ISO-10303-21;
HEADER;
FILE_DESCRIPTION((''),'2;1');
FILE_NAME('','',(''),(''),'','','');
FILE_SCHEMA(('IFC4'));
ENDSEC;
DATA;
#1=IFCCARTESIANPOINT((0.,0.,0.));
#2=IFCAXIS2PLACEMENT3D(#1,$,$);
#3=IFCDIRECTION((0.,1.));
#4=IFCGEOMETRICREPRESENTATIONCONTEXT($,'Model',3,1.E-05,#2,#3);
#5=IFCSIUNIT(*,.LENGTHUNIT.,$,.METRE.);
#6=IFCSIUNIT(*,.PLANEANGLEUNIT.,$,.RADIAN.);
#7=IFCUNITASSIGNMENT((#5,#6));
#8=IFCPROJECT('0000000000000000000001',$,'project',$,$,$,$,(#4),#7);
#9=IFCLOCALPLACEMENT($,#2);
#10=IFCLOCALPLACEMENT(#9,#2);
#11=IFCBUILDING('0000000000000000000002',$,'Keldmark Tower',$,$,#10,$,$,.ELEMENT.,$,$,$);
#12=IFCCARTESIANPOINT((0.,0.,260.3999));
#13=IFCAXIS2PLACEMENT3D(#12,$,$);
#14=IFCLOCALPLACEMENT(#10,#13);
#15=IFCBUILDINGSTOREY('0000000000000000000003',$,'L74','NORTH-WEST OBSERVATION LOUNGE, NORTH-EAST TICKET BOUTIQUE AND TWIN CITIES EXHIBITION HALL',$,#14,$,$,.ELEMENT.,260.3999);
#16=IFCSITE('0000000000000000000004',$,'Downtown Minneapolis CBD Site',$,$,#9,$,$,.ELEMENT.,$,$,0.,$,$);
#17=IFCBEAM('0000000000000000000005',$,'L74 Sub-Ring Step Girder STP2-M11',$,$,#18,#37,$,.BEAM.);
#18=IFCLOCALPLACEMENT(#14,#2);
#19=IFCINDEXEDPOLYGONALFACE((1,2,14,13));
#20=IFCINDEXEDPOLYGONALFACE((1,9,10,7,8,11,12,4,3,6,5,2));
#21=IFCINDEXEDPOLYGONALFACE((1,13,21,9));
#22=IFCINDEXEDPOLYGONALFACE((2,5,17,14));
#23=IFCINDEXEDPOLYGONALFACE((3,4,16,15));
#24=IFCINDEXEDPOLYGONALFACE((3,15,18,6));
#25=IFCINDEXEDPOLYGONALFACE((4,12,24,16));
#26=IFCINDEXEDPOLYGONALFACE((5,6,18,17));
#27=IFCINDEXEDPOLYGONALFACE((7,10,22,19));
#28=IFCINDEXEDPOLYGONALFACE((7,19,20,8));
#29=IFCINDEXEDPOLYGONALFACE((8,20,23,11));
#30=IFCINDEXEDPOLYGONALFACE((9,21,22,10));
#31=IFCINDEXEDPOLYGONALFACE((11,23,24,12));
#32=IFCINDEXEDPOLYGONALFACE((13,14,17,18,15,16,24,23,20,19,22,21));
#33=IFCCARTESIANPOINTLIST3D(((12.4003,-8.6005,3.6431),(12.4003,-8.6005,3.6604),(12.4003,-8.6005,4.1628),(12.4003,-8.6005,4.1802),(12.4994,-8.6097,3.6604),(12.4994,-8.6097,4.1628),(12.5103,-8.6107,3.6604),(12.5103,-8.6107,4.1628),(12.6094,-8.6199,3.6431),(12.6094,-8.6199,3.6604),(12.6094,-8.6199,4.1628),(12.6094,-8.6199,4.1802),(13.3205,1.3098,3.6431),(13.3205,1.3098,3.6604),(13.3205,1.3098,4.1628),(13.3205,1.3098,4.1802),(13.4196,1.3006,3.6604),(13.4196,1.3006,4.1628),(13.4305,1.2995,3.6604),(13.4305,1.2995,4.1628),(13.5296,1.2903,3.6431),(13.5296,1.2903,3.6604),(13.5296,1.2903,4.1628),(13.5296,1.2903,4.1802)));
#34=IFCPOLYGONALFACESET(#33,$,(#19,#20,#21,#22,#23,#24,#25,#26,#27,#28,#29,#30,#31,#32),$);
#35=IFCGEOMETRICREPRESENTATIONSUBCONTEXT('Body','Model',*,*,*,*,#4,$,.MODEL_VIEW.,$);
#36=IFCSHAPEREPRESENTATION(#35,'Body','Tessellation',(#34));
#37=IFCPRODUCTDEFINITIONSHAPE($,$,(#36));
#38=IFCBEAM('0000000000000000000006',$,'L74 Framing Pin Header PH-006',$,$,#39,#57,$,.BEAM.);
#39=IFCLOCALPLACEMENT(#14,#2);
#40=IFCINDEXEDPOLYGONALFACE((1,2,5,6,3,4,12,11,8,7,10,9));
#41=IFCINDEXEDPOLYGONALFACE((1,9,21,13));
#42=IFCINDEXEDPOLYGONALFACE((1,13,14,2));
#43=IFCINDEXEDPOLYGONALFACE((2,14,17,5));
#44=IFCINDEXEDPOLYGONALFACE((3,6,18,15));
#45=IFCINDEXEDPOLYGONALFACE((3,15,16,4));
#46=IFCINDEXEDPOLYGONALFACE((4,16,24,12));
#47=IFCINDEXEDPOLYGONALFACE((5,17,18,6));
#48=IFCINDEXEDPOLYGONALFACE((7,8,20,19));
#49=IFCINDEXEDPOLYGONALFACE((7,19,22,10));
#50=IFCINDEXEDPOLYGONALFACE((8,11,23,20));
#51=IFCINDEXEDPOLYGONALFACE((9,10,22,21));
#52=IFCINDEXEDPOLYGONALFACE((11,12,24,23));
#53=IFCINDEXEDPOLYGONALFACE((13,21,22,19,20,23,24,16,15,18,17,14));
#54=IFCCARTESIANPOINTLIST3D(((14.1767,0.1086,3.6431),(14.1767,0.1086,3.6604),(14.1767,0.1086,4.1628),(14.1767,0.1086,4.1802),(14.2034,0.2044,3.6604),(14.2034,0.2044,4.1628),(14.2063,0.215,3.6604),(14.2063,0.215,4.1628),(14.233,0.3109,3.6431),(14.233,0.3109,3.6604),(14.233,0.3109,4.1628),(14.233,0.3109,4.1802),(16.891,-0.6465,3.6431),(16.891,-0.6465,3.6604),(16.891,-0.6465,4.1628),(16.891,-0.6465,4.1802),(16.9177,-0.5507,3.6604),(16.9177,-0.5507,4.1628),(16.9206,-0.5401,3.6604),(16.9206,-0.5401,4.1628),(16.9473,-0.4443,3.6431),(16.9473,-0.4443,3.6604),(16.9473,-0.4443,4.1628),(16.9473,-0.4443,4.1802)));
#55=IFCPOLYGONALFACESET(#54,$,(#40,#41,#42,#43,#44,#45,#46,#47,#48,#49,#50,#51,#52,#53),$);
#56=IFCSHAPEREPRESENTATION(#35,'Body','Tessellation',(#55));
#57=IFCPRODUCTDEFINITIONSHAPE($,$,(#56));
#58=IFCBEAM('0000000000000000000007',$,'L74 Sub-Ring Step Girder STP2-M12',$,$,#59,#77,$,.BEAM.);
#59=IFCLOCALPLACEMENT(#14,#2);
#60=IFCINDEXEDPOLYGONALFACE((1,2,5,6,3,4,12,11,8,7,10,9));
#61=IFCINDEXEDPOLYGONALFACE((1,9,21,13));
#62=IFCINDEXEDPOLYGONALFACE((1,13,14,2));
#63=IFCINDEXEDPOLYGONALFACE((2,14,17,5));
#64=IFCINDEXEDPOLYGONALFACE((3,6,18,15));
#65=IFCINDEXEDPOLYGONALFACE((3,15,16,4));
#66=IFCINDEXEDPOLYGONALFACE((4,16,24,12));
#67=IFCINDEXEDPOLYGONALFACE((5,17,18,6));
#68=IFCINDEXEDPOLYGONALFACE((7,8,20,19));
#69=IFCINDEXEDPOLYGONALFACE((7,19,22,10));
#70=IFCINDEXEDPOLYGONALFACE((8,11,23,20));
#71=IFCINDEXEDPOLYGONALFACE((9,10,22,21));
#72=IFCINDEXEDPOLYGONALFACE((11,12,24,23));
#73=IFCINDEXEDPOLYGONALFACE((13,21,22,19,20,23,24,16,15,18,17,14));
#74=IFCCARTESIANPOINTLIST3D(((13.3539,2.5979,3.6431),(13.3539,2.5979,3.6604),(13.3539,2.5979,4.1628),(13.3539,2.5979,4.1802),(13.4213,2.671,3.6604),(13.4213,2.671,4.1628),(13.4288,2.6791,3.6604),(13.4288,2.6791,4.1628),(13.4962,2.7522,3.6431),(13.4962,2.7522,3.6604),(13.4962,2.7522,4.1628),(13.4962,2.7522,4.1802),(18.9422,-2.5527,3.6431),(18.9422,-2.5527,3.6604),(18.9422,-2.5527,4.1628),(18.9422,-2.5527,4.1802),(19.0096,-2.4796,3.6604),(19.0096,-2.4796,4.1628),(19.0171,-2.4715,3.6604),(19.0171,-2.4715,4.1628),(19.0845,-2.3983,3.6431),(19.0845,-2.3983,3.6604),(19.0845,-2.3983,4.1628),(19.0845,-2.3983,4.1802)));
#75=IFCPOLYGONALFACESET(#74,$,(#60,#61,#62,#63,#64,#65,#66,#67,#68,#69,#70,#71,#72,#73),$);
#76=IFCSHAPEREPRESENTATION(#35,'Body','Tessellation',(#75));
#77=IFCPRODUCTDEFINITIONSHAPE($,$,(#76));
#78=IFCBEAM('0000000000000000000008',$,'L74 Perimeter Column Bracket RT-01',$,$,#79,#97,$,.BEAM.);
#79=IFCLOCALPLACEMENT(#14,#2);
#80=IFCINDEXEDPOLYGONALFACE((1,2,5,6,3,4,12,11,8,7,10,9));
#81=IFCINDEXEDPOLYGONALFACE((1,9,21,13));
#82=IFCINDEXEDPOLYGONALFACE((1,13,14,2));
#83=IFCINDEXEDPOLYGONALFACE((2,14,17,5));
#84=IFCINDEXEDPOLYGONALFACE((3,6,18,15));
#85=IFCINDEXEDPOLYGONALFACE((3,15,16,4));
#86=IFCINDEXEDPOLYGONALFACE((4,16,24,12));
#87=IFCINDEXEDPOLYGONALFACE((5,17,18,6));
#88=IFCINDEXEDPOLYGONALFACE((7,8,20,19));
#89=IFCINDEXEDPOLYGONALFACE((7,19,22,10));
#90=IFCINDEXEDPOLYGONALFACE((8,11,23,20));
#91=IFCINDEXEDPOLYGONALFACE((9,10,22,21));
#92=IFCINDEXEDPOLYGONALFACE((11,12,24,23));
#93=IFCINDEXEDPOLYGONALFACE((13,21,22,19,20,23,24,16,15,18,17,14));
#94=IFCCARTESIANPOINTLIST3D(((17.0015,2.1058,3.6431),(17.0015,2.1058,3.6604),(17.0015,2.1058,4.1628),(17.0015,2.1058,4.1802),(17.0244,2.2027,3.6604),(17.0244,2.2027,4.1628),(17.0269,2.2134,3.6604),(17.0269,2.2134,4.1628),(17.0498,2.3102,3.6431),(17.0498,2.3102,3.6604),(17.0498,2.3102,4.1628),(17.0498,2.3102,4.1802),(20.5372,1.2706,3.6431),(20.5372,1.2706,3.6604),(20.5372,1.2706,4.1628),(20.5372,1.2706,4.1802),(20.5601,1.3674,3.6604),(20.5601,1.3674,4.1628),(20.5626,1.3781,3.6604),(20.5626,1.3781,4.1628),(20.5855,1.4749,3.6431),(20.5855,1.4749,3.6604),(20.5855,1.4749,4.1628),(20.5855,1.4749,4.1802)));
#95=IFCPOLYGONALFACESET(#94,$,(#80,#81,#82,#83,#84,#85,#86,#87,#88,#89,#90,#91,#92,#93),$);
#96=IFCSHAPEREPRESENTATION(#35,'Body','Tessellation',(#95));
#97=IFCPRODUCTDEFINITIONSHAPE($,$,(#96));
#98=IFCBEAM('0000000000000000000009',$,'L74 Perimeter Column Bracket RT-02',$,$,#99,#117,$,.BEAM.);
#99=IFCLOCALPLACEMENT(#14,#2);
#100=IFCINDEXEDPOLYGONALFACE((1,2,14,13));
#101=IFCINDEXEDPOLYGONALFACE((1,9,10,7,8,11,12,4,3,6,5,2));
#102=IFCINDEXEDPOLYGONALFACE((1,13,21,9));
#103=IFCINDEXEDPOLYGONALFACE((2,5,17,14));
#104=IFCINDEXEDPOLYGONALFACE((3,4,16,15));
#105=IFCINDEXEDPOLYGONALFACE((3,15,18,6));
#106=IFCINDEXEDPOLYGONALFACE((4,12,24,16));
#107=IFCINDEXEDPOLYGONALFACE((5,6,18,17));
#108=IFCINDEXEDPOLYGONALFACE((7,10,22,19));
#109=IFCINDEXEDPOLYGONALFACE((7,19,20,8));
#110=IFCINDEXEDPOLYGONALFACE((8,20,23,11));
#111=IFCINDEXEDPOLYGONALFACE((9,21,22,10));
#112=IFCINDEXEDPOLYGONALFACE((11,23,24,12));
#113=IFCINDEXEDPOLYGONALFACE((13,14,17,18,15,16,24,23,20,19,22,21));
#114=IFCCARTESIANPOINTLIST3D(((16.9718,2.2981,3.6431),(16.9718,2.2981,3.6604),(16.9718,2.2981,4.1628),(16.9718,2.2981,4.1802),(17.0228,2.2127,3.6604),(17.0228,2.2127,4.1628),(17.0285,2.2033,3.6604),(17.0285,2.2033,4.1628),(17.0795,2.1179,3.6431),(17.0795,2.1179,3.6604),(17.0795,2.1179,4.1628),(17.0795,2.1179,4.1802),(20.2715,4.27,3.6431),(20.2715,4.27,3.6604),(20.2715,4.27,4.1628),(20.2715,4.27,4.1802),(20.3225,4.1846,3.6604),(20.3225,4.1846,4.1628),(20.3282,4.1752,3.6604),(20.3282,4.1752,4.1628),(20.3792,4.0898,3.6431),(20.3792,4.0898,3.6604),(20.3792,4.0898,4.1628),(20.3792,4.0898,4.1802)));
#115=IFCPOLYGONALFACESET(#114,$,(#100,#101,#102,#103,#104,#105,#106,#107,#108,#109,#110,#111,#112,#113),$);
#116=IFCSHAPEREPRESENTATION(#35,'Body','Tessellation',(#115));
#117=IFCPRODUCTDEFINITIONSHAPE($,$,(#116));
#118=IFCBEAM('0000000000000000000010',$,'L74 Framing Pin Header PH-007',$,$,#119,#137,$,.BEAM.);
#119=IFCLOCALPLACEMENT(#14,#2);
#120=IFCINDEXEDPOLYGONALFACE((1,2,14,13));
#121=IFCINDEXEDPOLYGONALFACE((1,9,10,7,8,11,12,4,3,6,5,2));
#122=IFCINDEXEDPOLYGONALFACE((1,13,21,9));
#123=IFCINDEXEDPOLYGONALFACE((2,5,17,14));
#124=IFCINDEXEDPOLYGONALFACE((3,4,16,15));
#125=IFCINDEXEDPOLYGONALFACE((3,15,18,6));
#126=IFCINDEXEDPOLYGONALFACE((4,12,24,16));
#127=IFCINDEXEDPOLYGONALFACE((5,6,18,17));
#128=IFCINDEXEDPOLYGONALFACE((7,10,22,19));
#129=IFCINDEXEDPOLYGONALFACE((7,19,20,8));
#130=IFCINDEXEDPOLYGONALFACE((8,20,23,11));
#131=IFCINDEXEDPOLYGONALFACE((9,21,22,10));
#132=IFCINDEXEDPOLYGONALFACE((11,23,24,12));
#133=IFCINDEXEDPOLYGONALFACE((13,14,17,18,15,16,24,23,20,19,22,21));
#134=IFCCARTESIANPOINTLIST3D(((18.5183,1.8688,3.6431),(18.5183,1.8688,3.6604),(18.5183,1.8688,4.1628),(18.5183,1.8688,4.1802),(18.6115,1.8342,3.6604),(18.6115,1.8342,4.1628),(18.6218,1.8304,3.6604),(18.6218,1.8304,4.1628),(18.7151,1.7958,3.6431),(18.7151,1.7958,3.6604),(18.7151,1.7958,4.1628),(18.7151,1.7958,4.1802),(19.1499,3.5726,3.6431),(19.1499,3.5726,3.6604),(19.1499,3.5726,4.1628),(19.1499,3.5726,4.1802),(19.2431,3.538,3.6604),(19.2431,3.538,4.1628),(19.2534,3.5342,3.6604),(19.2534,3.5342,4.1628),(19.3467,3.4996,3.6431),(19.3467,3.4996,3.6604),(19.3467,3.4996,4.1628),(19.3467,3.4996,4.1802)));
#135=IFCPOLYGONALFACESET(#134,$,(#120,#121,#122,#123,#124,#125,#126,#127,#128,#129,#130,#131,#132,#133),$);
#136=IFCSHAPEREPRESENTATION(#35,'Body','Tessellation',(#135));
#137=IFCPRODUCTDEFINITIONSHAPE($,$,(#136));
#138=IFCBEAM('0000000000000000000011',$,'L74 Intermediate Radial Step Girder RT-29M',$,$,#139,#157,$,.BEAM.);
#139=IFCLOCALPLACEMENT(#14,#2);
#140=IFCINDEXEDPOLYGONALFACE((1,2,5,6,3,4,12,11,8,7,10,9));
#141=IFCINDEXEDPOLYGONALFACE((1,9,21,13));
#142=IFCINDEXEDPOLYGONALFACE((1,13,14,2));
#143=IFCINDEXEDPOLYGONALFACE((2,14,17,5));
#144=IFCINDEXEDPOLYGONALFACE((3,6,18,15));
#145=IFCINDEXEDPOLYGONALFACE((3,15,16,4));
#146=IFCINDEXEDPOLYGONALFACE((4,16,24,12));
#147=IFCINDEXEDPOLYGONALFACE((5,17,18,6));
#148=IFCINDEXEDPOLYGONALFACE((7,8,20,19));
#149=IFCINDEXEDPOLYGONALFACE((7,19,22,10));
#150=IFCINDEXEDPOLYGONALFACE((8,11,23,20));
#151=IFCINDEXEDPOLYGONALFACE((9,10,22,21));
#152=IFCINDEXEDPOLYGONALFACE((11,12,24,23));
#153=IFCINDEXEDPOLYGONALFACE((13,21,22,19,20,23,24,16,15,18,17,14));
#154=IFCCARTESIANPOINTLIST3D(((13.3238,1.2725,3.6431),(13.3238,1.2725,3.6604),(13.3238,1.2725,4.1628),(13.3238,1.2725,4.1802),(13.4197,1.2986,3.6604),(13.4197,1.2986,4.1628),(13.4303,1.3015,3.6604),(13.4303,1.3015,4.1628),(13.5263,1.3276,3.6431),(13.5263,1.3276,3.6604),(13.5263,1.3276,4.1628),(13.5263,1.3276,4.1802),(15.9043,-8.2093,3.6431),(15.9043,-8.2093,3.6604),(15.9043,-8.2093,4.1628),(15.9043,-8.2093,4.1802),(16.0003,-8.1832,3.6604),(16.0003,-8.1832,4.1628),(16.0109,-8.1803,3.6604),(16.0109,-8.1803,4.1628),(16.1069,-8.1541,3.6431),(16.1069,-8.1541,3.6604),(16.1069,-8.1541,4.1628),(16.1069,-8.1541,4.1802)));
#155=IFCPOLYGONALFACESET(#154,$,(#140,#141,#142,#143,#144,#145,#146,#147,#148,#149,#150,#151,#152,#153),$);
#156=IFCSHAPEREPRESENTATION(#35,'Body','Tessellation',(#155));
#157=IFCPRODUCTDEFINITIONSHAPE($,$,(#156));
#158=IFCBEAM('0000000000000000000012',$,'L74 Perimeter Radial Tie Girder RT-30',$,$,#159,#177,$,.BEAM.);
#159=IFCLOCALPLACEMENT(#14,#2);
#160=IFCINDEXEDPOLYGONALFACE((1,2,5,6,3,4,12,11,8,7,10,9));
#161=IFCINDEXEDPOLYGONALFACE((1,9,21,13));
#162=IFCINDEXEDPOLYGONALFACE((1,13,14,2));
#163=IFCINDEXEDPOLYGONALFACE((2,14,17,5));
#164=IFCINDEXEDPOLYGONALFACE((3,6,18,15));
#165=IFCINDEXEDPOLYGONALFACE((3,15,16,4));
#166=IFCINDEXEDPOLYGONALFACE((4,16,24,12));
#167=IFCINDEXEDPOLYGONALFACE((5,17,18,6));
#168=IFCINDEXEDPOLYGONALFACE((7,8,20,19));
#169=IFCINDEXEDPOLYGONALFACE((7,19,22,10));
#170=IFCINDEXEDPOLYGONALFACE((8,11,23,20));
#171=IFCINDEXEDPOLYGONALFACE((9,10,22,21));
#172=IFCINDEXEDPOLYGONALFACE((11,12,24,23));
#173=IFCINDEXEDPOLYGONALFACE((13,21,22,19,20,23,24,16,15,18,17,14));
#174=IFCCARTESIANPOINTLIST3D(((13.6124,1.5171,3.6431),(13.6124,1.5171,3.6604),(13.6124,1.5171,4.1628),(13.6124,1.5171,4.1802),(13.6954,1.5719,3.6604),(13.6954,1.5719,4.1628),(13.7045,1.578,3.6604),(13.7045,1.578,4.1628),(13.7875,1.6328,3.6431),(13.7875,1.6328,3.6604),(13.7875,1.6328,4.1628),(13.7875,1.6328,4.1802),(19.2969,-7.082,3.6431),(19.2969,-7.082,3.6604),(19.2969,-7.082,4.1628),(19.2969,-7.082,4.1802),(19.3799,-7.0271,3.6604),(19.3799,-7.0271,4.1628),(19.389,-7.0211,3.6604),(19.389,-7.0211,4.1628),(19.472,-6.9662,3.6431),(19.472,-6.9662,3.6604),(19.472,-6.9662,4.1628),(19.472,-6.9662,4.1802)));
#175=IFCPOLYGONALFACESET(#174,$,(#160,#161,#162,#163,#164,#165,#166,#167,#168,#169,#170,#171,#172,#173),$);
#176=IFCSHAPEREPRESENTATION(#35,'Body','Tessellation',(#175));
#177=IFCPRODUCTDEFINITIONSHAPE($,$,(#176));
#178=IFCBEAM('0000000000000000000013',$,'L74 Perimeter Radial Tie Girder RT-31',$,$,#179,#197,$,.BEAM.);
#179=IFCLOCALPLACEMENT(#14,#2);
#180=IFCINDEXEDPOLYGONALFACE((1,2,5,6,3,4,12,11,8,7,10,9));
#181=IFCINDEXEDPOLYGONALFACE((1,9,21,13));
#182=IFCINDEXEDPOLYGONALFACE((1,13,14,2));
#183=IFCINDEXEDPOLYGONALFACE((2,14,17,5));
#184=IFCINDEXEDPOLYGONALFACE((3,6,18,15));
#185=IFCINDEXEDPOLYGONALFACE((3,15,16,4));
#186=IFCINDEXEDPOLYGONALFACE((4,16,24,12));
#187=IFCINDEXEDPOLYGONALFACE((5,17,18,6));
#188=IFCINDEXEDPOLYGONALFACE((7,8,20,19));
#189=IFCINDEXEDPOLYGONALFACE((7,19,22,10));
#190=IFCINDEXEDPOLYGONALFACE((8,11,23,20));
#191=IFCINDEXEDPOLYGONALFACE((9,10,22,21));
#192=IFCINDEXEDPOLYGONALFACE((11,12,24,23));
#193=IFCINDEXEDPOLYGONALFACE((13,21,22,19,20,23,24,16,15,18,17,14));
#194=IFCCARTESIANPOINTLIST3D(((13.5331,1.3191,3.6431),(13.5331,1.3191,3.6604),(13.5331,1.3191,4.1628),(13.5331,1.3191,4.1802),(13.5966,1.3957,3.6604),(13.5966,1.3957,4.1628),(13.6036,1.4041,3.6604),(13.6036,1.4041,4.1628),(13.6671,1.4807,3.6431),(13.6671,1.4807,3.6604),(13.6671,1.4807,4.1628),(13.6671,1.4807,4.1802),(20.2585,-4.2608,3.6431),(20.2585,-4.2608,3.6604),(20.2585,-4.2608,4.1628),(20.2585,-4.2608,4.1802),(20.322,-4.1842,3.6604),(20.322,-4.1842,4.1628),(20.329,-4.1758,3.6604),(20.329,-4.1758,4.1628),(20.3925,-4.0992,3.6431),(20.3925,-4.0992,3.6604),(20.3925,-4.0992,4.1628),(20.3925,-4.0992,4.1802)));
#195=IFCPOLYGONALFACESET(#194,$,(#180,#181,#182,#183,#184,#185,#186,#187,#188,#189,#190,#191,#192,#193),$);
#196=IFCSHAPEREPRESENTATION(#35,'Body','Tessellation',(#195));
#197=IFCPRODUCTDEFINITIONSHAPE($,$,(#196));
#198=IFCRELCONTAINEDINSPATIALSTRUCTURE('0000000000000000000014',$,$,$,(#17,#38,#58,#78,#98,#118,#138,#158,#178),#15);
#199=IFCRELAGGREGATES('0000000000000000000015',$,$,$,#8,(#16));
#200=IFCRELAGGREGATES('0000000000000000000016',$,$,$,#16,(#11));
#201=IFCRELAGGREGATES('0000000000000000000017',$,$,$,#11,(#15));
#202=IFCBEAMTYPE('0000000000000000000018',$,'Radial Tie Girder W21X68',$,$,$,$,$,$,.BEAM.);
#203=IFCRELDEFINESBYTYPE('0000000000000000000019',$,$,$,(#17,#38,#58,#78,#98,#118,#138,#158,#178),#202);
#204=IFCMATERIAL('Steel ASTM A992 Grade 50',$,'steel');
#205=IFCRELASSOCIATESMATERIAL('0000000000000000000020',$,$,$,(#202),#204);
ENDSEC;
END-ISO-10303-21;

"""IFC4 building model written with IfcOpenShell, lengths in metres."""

from ifc_helpers import new_model, si_unit, direction, frame, origin, origin_2d, place, context, subcontext, project, spatial, i_section, extrude, material, material_profile, profile_set, type_object, element, save


model = new_model("IFC4")

# Units and contexts
model_context = context("Model", 3, precision=1e-05, world=origin(), true_north=direction((0.0, 1.0)))
body_context = subcontext(model_context, "Body", "Model", "MODEL_VIEW")
ifc_project = project(units=[si_unit("LENGTHUNIT", "METRE"), si_unit("PLANEANGLEUNIT", "RADIAN")], contexts=[model_context])

# Site, building, storey
site_placement = place(None, origin())
site = spatial("IfcSite", under=ifc_project, at=site_placement, Name="Downtown Minneapolis CBD Site", CompositionType="ELEMENT", RefElevation=0.0)
building_placement = place(site_placement, origin())
building = spatial("IfcBuilding", under=site, at=building_placement, Name="Keldmark Tower", CompositionType="ELEMENT")
storey_placement = place(building_placement, frame((0.0, 0.0, 260.3999)))
storey = spatial("IfcBuildingStorey", under=building, at=storey_placement, Name="L74", Description="NORTH-WEST OBSERVATION LOUNGE, NORTH-EAST TICKET BOUTIQUE AND TWIN CITIES EXHIBITION HALL", CompositionType="ELEMENT", Elevation=260.3999)

# Beams
ifc_material_1 = material(Name="Steel ASTM A992 Grade 50", Category="steel")
ifc_material_profile_1 = material_profile(ifc_material_1, i_section(OverallWidth=0.21, OverallDepth=0.5371, WebThickness=0.011, FlangeThickness=0.0173, at=origin_2d()), Name="W21X68")
ifc_profile_set_1 = profile_set([ifc_material_profile_1], Name="Steel ASTM A992 Grade 50")
beam_type_1 = type_object("IfcBeamType", Name="Radial Tie Girder W21X68", PredefinedType="BEAM", material=ifc_profile_set_1)
beam_1_placement = place(storey_placement, frame((13.425, 1.3, 3.9116), z_axis=(-0.092453, -0.995717, 0.0), x_axis=(0.995717, -0.092453, 0.0)))
element("IfcBeam", 1, at=beam_1_placement, inside=storey, type_object=beam_type_1, Name="L74 Sub-Ring Step Girder STP2-M11", PredefinedType="BEAM", context=body_context, shape_type="SweptSolid", body=[
    extrude(i_section(OverallWidth=0.21, OverallDepth=0.5371, WebThickness=0.011, FlangeThickness=0.0173, at=origin_2d()), origin(), (0.0, 0.0, 1.0), 9.9529),
])
beam_2_placement = place(storey_placement, frame((14.2048, 0.2097, 3.9116), z_axis=(0.963414, -0.268019, 0.0), x_axis=(0.268019, 0.963414, 0.0)))
element("IfcBeam", 2, at=beam_2_placement, inside=storey, type_object=beam_type_1, Name="L74 Framing Pin Header PH-006", PredefinedType="BEAM", context=body_context, shape_type="SweptSolid", body=[
    extrude(i_section(OverallWidth=0.21, OverallDepth=0.5371, WebThickness=0.011, FlangeThickness=0.0173, at=origin_2d()), origin(), (0.0, 0.0, 1.0), 2.8174),
])
beam_3_placement = place(storey_placement, frame((13.425, 2.675, 3.9116), z_axis=(0.735319, -0.677721, 0.0), x_axis=(0.677721, 0.735319, 0.0)))
element("IfcBeam", 3, at=beam_3_placement, inside=storey, type_object=beam_type_1, Name="L74 Sub-Ring Step Girder STP2-M12", PredefinedType="BEAM", context=body_context, shape_type="SweptSolid", body=[
    extrude(i_section(OverallWidth=0.21, OverallDepth=0.5371, WebThickness=0.011, FlangeThickness=0.0173, at=origin_2d()), origin(), (0.0, 0.0, 1.0), 7.5999),
])
beam_4_placement = place(storey_placement, frame((17.0256, 2.208, 3.9116), z_axis=(0.973215, -0.229897, 0.0), x_axis=(0.229897, 0.973215, 0.0)))
element("IfcBeam", 4, at=beam_4_placement, inside=storey, type_object=beam_type_1, Name="L74 Perimeter Column Bracket RT-01", PredefinedType="BEAM", context=body_context, shape_type="SweptSolid", body=[
    extrude(i_section(OverallWidth=0.21, OverallDepth=0.5371, WebThickness=0.011, FlangeThickness=0.0173, at=origin_2d()), origin(), (0.0, 0.0, 1.0), 3.6331),
])
beam_5_placement = place(storey_placement, frame((17.0256, 2.208, 3.9116), z_axis=(0.858405, 0.512973, 0.0), x_axis=(-0.512973, 0.858405, 0.0)))
element("IfcBeam", 5, at=beam_5_placement, inside=storey, type_object=beam_type_1, Name="L74 Perimeter Column Bracket RT-02", PredefinedType="BEAM", context=body_context, shape_type="SweptSolid", body=[
    extrude(i_section(OverallWidth=0.21, OverallDepth=0.5371, WebThickness=0.011, FlangeThickness=0.0173, at=origin_2d()), origin(), (0.0, 0.0, 1.0), 3.844),
])
beam_6_placement = place(storey_placement, frame((18.6167, 1.8323, 3.9116), z_axis=(0.347573, 0.937653, 0.0), x_axis=(-0.937653, 0.347573, 0.0)))
element("IfcBeam", 6, at=beam_6_placement, inside=storey, type_object=beam_type_1, Name="L74 Framing Pin Header PH-007", PredefinedType="BEAM", context=body_context, shape_type="SweptSolid", body=[
    extrude(i_section(OverallWidth=0.21, OverallDepth=0.5371, WebThickness=0.011, FlangeThickness=0.0173, at=origin_2d()), origin(), (0.0, 0.0, 1.0), 1.8171),
])
beam_7_placement = place(storey_placement, frame((13.425, 1.3, 3.9116), z_axis=(0.262611, -0.964902, 0.0), x_axis=(0.964902, 0.262611, 0.0)))
element("IfcBeam", 7, at=beam_7_placement, inside=storey, type_object=beam_type_1, Name="L74 Intermediate Radial Step Girder RT-29M", PredefinedType="BEAM", context=body_context, shape_type="SweptSolid", body=[
    extrude(i_section(OverallWidth=0.21, OverallDepth=0.5371, WebThickness=0.011, FlangeThickness=0.0173, at=origin_2d()), origin(), (0.0, 0.0, 1.0), 9.8267),
])
beam_8_placement = place(storey_placement, frame((13.7, 1.575, 3.9116), z_axis=(0.55146, -0.834201, 0.0), x_axis=(0.834201, 0.55146, 0.0)))
element("IfcBeam", 8, at=beam_8_placement, inside=storey, type_object=beam_type_1, Name="L74 Perimeter Radial Tie Girder RT-30", PredefinedType="BEAM", context=body_context, shape_type="SweptSolid", body=[
    extrude(i_section(OverallWidth=0.21, OverallDepth=0.5371, WebThickness=0.011, FlangeThickness=0.0173, at=origin_2d()), origin(), (0.0, 0.0, 1.0), 10.3081),
])
beam_9_placement = place(storey_placement, frame((13.6001, 1.3999, 3.9116), z_axis=(0.769605, -0.63852, 0.0), x_axis=(0.63852, 0.769605, 0.0)))
element("IfcBeam", 9, at=beam_9_placement, inside=storey, type_object=beam_type_1, Name="L74 Perimeter Radial Tie Girder RT-31", PredefinedType="BEAM", context=body_context, shape_type="SweptSolid", body=[
    extrude(i_section(OverallWidth=0.21, OverallDepth=0.5371, WebThickness=0.011, FlangeThickness=0.0173, at=origin_2d()), origin(), (0.0, 0.0, 1.0), 8.7388),
])

save(model, "model.ifc")
